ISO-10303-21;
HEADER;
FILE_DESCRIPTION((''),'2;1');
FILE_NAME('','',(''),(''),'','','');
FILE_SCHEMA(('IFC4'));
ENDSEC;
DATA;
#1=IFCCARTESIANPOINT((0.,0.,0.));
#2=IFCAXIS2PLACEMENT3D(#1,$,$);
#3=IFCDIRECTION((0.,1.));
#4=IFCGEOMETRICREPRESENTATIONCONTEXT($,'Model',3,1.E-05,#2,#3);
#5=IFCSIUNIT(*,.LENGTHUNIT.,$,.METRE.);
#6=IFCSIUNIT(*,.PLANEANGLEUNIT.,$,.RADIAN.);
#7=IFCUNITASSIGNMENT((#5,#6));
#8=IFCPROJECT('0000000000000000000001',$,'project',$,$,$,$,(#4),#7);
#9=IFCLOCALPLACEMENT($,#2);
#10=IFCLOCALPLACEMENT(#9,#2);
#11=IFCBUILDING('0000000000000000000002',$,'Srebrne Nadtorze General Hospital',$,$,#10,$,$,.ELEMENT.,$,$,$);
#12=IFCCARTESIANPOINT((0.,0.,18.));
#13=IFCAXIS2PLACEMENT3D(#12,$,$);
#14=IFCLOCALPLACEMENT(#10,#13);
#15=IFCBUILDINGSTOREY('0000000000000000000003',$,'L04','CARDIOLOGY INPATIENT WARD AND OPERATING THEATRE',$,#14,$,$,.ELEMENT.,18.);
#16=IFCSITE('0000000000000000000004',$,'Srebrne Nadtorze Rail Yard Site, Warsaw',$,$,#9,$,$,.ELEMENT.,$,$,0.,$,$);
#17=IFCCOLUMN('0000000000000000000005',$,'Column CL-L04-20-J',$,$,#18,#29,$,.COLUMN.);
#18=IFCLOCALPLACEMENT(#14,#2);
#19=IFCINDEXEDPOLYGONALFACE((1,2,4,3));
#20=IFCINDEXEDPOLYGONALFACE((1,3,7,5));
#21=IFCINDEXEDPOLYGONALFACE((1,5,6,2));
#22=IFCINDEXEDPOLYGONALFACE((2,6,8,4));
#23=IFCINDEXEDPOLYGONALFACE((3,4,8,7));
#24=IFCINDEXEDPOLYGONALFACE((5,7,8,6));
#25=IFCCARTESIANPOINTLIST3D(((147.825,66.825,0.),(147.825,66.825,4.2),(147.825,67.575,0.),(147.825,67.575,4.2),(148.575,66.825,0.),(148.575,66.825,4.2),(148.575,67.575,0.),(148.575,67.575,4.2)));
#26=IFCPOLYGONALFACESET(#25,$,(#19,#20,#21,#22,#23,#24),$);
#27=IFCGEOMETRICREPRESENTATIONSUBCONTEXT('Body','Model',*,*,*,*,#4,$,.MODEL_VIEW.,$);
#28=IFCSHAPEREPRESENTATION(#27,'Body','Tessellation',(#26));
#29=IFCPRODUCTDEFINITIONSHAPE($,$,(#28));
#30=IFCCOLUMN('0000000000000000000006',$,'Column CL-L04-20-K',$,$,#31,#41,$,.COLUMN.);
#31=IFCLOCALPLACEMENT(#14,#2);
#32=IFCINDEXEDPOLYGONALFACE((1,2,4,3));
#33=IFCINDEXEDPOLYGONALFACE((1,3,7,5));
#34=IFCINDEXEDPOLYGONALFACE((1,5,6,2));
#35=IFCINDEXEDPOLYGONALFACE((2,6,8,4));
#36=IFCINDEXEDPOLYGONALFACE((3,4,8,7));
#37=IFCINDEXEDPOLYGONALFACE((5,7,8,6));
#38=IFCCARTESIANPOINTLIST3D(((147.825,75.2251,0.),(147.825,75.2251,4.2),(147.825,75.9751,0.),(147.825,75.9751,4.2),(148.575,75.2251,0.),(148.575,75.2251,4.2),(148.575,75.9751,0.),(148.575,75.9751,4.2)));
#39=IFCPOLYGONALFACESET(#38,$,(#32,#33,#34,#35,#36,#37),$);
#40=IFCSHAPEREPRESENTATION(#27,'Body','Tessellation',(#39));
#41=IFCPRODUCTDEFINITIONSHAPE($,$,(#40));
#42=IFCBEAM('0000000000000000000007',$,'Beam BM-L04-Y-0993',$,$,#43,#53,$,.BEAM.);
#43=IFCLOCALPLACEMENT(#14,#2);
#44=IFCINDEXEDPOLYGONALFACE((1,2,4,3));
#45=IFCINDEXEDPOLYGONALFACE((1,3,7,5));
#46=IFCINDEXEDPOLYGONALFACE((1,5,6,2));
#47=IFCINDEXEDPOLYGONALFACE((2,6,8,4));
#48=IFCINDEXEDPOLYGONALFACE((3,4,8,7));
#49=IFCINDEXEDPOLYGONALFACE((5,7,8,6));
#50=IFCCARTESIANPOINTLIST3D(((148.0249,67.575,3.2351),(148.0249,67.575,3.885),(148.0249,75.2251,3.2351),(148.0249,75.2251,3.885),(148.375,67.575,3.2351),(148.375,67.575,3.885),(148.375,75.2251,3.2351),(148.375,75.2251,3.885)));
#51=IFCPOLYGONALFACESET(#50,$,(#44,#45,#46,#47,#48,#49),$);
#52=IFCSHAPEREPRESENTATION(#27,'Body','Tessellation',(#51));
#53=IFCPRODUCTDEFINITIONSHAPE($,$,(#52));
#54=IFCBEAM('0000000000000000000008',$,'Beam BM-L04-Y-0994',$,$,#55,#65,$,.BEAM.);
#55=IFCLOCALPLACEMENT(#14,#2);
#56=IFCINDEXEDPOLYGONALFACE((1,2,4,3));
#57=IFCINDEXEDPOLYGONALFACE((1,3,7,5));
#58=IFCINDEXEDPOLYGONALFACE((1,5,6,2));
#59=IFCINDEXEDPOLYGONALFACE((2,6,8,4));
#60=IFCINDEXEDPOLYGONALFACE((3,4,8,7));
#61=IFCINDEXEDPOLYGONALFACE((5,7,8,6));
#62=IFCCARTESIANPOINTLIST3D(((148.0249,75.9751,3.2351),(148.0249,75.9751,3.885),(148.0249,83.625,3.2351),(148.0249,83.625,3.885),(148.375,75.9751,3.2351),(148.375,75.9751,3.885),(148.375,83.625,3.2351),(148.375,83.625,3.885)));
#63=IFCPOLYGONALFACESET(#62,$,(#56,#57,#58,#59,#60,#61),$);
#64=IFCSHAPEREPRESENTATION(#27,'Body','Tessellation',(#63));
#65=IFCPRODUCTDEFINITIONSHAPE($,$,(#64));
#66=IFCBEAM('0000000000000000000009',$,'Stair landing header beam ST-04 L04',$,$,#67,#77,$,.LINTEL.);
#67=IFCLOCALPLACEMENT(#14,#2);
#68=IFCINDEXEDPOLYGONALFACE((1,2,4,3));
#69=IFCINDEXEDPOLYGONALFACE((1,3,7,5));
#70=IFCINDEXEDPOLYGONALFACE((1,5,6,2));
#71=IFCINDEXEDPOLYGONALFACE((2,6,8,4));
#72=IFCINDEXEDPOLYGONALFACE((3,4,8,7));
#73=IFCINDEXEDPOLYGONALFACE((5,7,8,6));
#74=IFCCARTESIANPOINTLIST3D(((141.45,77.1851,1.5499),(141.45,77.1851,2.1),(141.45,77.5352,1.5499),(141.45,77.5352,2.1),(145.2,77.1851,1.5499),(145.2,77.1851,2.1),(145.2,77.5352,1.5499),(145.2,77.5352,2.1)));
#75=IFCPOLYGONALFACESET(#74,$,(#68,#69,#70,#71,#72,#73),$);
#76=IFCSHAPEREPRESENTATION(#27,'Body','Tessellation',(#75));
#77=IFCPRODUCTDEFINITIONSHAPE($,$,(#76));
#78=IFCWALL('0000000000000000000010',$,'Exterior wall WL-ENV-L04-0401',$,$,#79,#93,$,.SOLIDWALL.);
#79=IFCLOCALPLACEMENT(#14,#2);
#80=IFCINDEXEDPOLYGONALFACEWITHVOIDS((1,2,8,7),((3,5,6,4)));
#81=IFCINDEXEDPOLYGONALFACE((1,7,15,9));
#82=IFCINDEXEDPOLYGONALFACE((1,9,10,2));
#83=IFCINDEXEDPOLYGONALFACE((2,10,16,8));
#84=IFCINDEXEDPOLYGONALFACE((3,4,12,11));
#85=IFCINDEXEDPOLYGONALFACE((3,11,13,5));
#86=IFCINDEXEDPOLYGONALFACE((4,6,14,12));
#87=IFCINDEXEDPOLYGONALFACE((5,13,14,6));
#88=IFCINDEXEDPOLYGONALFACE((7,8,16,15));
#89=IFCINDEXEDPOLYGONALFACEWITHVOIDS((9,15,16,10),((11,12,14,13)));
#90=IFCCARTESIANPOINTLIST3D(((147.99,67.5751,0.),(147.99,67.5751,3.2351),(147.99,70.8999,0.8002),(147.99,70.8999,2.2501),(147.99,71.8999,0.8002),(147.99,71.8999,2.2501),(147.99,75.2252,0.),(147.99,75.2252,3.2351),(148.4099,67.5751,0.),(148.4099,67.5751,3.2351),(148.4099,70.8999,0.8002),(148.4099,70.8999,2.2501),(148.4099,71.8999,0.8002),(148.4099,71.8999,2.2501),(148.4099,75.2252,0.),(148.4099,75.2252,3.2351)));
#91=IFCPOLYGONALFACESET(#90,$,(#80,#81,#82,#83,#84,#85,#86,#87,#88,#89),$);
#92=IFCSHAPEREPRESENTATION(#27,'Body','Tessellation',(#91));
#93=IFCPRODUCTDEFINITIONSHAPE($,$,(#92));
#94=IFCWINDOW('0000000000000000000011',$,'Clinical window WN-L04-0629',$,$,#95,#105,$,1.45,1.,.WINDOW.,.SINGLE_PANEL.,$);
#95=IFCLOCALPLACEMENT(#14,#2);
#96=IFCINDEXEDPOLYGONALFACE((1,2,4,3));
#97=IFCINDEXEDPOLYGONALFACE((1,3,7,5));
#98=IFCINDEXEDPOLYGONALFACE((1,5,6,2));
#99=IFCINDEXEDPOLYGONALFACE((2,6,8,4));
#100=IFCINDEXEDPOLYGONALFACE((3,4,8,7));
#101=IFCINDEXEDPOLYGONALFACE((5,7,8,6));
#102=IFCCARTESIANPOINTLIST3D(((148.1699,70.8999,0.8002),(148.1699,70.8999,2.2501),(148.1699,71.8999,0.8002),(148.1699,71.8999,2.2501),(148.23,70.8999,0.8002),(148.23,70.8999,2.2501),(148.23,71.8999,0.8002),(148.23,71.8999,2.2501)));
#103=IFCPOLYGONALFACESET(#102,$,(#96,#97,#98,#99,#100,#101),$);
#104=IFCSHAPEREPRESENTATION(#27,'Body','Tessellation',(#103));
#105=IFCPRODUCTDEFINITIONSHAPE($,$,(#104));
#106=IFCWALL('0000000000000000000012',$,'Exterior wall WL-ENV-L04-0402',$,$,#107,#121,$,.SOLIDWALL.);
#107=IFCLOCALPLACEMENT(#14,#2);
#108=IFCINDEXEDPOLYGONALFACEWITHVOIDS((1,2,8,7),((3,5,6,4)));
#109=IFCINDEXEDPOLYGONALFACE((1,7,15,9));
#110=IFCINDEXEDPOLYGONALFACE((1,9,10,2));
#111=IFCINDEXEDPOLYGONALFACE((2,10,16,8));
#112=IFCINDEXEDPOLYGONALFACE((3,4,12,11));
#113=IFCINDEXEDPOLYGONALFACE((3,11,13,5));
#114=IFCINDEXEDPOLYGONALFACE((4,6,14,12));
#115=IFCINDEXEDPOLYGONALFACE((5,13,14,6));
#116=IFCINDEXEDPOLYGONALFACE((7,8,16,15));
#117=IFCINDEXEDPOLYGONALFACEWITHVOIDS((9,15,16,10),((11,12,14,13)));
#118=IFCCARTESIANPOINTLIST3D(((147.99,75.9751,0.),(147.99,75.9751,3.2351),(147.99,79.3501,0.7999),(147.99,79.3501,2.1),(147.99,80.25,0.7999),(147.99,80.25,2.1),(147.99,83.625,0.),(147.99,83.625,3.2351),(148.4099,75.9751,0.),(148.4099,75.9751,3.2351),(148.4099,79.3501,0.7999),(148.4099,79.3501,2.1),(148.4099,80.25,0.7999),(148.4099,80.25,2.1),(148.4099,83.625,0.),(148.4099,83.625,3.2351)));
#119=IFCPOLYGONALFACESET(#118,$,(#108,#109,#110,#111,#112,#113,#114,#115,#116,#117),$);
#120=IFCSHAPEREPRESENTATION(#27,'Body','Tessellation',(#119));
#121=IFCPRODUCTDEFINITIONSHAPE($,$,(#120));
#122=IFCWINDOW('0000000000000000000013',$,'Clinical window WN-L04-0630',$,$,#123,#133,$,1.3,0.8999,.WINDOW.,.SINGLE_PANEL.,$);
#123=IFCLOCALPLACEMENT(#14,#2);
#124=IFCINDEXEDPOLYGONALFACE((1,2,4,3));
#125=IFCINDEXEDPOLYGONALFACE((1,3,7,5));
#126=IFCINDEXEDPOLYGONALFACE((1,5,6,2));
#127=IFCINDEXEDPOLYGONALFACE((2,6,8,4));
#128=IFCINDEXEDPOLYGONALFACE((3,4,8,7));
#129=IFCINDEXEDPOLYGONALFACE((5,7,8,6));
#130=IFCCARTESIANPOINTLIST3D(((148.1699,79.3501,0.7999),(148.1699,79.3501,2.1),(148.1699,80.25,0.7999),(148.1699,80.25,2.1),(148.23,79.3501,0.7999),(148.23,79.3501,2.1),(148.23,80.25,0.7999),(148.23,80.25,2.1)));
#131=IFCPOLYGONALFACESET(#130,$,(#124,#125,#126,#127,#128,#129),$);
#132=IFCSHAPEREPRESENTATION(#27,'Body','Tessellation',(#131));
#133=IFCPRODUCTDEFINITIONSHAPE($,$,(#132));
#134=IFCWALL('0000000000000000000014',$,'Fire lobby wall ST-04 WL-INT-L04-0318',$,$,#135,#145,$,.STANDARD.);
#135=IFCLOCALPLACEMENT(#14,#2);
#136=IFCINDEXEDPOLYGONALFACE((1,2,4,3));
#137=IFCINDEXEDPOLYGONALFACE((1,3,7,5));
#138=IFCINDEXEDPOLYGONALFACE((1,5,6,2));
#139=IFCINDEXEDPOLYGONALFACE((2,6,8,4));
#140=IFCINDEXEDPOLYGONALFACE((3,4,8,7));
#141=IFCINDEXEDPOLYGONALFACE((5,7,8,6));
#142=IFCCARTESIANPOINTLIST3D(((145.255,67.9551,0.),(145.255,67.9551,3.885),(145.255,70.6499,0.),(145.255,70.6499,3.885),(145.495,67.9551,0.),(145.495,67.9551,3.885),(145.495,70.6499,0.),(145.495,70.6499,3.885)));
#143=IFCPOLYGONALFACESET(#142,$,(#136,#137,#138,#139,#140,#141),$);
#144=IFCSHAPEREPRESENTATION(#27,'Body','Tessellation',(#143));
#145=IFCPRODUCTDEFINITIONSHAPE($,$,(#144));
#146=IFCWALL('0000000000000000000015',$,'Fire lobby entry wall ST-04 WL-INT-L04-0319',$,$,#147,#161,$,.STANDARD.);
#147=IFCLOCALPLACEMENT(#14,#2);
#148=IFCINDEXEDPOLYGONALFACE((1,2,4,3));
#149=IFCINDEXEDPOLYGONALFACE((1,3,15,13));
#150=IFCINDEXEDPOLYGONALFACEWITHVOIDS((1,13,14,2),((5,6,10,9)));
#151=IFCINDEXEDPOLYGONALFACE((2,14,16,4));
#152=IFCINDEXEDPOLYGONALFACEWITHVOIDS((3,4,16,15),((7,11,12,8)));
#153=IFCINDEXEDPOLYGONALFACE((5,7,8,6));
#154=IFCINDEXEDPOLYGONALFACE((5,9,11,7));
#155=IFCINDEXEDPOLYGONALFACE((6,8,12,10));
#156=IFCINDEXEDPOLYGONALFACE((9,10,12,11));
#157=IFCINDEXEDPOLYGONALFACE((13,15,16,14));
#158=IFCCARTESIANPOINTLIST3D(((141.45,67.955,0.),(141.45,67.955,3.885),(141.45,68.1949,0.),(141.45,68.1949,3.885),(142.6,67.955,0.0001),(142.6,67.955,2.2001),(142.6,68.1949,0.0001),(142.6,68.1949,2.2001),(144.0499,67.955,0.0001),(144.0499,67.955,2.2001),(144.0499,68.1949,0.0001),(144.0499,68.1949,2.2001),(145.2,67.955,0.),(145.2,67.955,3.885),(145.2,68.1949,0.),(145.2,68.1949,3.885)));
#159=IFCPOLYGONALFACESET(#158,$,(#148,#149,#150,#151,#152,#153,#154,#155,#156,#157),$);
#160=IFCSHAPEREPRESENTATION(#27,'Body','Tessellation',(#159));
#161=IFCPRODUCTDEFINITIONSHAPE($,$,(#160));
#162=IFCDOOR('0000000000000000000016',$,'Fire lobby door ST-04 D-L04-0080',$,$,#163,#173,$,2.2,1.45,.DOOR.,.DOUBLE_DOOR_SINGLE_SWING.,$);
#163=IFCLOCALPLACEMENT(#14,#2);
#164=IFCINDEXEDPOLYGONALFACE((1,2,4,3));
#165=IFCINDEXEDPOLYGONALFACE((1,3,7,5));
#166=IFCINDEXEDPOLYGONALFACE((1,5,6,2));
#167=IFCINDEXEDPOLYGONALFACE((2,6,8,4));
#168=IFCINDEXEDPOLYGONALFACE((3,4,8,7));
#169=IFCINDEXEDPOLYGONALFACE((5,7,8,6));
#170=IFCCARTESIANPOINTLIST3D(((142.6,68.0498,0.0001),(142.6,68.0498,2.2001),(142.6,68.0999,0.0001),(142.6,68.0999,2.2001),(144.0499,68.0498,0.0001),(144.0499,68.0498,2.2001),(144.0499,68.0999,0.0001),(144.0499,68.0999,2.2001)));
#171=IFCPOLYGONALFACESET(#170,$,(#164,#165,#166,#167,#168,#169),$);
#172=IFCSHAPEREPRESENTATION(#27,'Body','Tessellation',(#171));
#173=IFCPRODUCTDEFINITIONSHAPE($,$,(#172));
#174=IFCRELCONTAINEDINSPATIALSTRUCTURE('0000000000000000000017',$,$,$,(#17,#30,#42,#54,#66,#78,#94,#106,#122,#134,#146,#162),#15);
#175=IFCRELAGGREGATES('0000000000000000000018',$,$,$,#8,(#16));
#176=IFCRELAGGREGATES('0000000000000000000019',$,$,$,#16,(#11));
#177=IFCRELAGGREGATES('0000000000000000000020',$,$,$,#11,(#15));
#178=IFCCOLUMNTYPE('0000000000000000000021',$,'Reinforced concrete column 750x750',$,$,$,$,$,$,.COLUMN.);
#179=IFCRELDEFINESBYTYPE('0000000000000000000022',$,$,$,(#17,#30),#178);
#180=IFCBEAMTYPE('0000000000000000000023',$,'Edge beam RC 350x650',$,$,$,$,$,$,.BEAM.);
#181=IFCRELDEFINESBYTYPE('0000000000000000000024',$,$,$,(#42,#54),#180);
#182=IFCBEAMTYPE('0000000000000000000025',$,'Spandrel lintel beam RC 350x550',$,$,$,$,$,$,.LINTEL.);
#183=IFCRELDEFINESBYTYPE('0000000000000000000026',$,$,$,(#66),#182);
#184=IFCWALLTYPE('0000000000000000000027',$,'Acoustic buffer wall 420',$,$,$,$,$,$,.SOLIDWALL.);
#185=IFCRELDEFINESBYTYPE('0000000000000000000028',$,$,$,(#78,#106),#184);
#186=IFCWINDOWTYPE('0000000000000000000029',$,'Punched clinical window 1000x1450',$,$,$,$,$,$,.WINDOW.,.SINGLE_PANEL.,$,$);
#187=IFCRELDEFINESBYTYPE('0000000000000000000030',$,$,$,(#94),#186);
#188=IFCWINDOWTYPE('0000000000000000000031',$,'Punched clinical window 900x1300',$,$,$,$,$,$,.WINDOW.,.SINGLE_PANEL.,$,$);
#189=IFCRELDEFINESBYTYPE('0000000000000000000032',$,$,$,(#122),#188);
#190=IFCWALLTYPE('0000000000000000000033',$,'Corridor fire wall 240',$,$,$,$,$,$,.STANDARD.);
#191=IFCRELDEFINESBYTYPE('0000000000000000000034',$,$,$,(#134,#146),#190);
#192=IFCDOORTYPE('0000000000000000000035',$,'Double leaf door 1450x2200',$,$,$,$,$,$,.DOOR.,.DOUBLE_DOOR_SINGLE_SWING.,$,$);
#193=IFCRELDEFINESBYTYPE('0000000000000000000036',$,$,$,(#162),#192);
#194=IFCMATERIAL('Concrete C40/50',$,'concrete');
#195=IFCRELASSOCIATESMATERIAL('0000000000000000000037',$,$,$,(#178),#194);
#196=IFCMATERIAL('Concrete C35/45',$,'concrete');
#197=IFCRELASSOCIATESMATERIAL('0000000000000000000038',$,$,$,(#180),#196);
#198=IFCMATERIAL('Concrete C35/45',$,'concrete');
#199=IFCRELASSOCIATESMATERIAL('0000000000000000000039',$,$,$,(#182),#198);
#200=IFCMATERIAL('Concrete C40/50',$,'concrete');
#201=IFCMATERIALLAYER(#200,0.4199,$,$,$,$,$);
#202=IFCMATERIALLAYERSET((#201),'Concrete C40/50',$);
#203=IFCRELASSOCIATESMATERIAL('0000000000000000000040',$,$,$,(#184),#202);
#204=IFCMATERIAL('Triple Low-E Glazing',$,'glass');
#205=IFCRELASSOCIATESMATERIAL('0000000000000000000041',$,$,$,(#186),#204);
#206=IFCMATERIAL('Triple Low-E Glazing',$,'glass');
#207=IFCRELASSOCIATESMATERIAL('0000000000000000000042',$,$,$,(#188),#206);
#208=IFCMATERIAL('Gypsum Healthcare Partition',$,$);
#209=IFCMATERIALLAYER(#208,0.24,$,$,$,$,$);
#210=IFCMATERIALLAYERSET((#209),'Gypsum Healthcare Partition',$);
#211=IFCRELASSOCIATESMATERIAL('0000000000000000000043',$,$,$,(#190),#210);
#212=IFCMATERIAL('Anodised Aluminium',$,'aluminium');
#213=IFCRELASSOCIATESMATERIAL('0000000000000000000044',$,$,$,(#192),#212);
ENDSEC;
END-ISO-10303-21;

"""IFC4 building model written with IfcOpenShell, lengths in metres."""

from ifc_helpers import new_model, si_unit, direction, frame, frame_2d, origin, origin_2d, place, context, subcontext, project, spatial, rectangle, extrude, material, layer, layer_set, material_profile, profile_set, type_object, element, fill, save


model = new_model("IFC4")

# Units and contexts
model_context = context("Model", 3, precision=1e-05, world=origin(), true_north=direction((0.0, 1.0)))
body_context = subcontext(model_context, "Body", "Model", "MODEL_VIEW")
ifc_project = project(units=[si_unit("LENGTHUNIT", "METRE"), si_unit("PLANEANGLEUNIT", "RADIAN")], contexts=[model_context])

# Site, building, storey
site_placement = place(None, origin())
site = spatial("IfcSite", under=ifc_project, at=site_placement, Name="Srebrne Nadtorze Rail Yard Site, Warsaw", CompositionType="ELEMENT", RefElevation=0.0)
building_placement = place(site_placement, origin())
building = spatial("IfcBuilding", under=site, at=building_placement, Name="Srebrne Nadtorze General Hospital", CompositionType="ELEMENT")
storey_placement = place(building_placement, frame((0.0, 0.0, 18.0)))
storey = spatial("IfcBuildingStorey", under=building, at=storey_placement, Name="L04", Description="CARDIOLOGY INPATIENT WARD AND OPERATING THEATRE", CompositionType="ELEMENT", Elevation=18.0)

# Columns
ifc_material_1 = material(Name="Concrete C40/50", Category="concrete")
ifc_material_profile_1 = material_profile(ifc_material_1, rectangle(XDim=0.75, YDim=0.75, at=origin_2d()), Name="RC-COL-750x750")
ifc_profile_set_1 = profile_set([ifc_material_profile_1], Name="Concrete C40/50")
column_type = type_object("IfcColumnType", Name="Reinforced concrete column 750x750", PredefinedType="COLUMN", material=ifc_profile_set_1)
for number, where, z_axis, x_axis, name in (
    (1, (148.2, 67.2, 0.0), (0.0, 0.0, 1.0), (1.0, 0.0, 0.0), "Column CL-L04-20-J"),
    (2, (148.2, 75.6001, 0.0), (0.0, 0.0, 1.0), (1.0, 0.0, 0.0), "Column CL-L04-20-K"),
):
    element("IfcColumn", number, at=place(storey_placement, frame(where, z_axis=z_axis, x_axis=x_axis)), inside=storey, type_object=column_type, Name=name, PredefinedType="COLUMN", context=body_context, shape_type="SweptSolid", body=[
        extrude(rectangle(XDim=0.75, YDim=0.75, at=origin_2d()), origin(), (0.0, 0.0, 1.0), 4.2),
    ])

# Beams
ifc_material_2 = material(Name="Concrete C35/45", Category="concrete")
ifc_material_profile_2 = material_profile(ifc_material_2, rectangle(XDim=0.3501, YDim=0.6499, at=origin_2d()), Name="RC-BM-350x650")
ifc_profile_set_2 = profile_set([ifc_material_profile_2], Name="Concrete C35/45")
beam_type_1 = type_object("IfcBeamType", Name="Edge beam RC 350x650", PredefinedType="BEAM", material=ifc_profile_set_2)
beam_1_placement = place(storey_placement, frame((148.2, 67.575, 3.5601), z_axis=(0.0, 1.0, 0.0), x_axis=(-1.0, 0.0, 0.0)))
element("IfcBeam", 3, at=beam_1_placement, inside=storey, type_object=beam_type_1, Name="Beam BM-L04-Y-0993", PredefinedType="BEAM", context=body_context, shape_type="SweptSolid", body=[
    extrude(rectangle(XDim=0.3501, YDim=0.6499, at=origin_2d()), origin(), (0.0, 0.0, 1.0), 7.6501),
])
beam_2_placement = place(storey_placement, frame((148.2, 75.9751, 3.5601), z_axis=(0.0, 1.0, 0.0), x_axis=(-1.0, 0.0, 0.0)))
element("IfcBeam", 4, at=beam_2_placement, inside=storey, type_object=beam_type_1, Name="Beam BM-L04-Y-0994", PredefinedType="BEAM", context=body_context, shape_type="SweptSolid", body=[
    extrude(rectangle(XDim=0.3501, YDim=0.6499, at=origin_2d()), origin(), (0.0, 0.0, 1.0), 7.6499),
])
ifc_material_3 = material(Name="Concrete C35/45", Category="concrete")
ifc_material_profile_3 = material_profile(ifc_material_3, rectangle(XDim=0.3501, YDim=0.55, at=origin_2d()), Name="RC-BM-350x550")
ifc_profile_set_3 = profile_set([ifc_material_profile_3], Name="Concrete C35/45")
beam_type_2 = type_object("IfcBeamType", Name="Spandrel lintel beam RC 350x550", PredefinedType="LINTEL", material=ifc_profile_set_3)
beam_3_placement = place(storey_placement, frame((141.45, 77.3601, 1.825), z_axis=(1.0, 0.0, 0.0), x_axis=(0.0, 1.0, 0.0)))
element("IfcBeam", 5, at=beam_3_placement, inside=storey, type_object=beam_type_2, Name="Stair landing header beam ST-04 L04", PredefinedType="LINTEL", context=body_context, shape_type="SweptSolid", body=[
    extrude(rectangle(XDim=0.3501, YDim=0.55, at=origin_2d()), origin(), (0.0, 0.0, 1.0), 3.75),
])

# Walls, openings, windows
ifc_material_4 = material(Name="Concrete C40/50", Category="concrete")
ifc_layer_1 = layer(ifc_material_4, 0.4199)
ifc_layer_set_1 = layer_set([ifc_layer_1], Name="Concrete C40/50")
wall_type_1 = type_object("IfcWallType", Name="Acoustic buffer wall 420", PredefinedType="SOLIDWALL", material=ifc_layer_set_1)
wall_1_placement = place(storey_placement, frame((148.2, 67.575, 0.0), z_axis=(0.0, 0.0, 1.0), x_axis=(0.0, 1.0, 0.0)))
wall_1 = element("IfcWall", 6, at=wall_1_placement, inside=storey, type_object=wall_type_1, Name="Exterior wall WL-ENV-L04-0401", PredefinedType="SOLIDWALL", context=body_context, shape_type="SweptSolid", body=[
    extrude(rectangle(XDim=7.6501, YDim=0.4199, at=frame_2d((3.8252, 0.0))), origin(), (0.0, 0.0, 1.0), 3.2351),
])
opening_1_placement = place(wall_1_placement, frame((3.325, 0.0, 0.8)))
opening_1 = element("IfcOpeningElement", 7, at=opening_1_placement, cuts=wall_1, PredefinedType="OPENING", context=body_context, shape_type="SweptSolid", body=[
    extrude(rectangle(XDim=1.0, YDim=1.45, at=frame_2d((0.5, 0.7251))), frame((0.0, 0.2219, 0.0), z_axis=(0.0, -1.0, 0.0), x_axis=(1.0, 0.0, 0.0)), (0.0, 0.0, 1.0), 0.4438),
])
ifc_material_5 = material(Name="Triple Low-E Glazing", Category="glass")
window_type_1 = type_object("IfcWindowType", Name="Punched clinical window 1000x1450", PartitioningType="SINGLE_PANEL", PredefinedType="WINDOW", material=ifc_material_5)
window_1_placement = place(opening_1_placement, origin())
window_1 = element("IfcWindow", 8, at=window_1_placement, inside=storey, type_object=window_type_1, Name="Clinical window WN-L04-0629", OverallHeight=1.45, OverallWidth=1.0, PartitioningType="SINGLE_PANEL", PredefinedType="WINDOW", context=body_context, shape_type="SweptSolid", body=[
    extrude(rectangle(XDim=1.0, YDim=1.45, at=frame_2d((0.5, 0.7251))), frame((0.0, 0.03, 0.0), z_axis=(0.0, -1.0, 0.0), x_axis=(1.0, 0.0, 0.0)), (0.0, 0.0, 1.0), 0.0601),
])
fill(opening_1, window_1)
wall_2_placement = place(storey_placement, frame((148.2, 75.9751, 0.0), z_axis=(0.0, 0.0, 1.0), x_axis=(0.0, 1.0, 0.0)))
wall_2 = element("IfcWall", 9, at=wall_2_placement, inside=storey, type_object=wall_type_1, Name="Exterior wall WL-ENV-L04-0402", PredefinedType="SOLIDWALL", context=body_context, shape_type="SweptSolid", body=[
    extrude(rectangle(XDim=7.6499, YDim=0.4199, at=frame_2d((3.825, 0.0))), origin(), (0.0, 0.0, 1.0), 3.2351),
])
opening_2_placement = place(wall_2_placement, frame((3.375, 0.0, 0.8)))
opening_2 = element("IfcOpeningElement", 10, at=opening_2_placement, cuts=wall_2, PredefinedType="OPENING", context=body_context, shape_type="SweptSolid", body=[
    extrude(rectangle(XDim=0.8999, YDim=1.3, at=frame_2d((0.45, 0.6499))), frame((0.0, 0.2219, 0.0), z_axis=(0.0, -1.0, 0.0), x_axis=(1.0, 0.0, 0.0)), (0.0, 0.0, 1.0), 0.4438),
])
ifc_material_6 = material(Name="Triple Low-E Glazing", Category="glass")
window_type_2 = type_object("IfcWindowType", Name="Punched clinical window 900x1300", PartitioningType="SINGLE_PANEL", PredefinedType="WINDOW", material=ifc_material_6)
window_2_placement = place(opening_2_placement, origin())
window_2 = element("IfcWindow", 11, at=window_2_placement, inside=storey, type_object=window_type_2, Name="Clinical window WN-L04-0630", OverallHeight=1.3, OverallWidth=0.8999, PartitioningType="SINGLE_PANEL", PredefinedType="WINDOW", context=body_context, shape_type="SweptSolid", body=[
    extrude(rectangle(XDim=0.8999, YDim=1.3, at=frame_2d((0.45, 0.6499))), frame((0.0, 0.03, 0.0), z_axis=(0.0, -1.0, 0.0), x_axis=(1.0, 0.0, 0.0)), (0.0, 0.0, 1.0), 0.0601),
])
fill(opening_2, window_2)

# Wall
ifc_material_7 = material(Name="Gypsum Healthcare Partition")
ifc_layer_2 = layer(ifc_material_7, 0.24)
ifc_layer_set_2 = layer_set([ifc_layer_2], Name="Gypsum Healthcare Partition")
wall_type_2 = type_object("IfcWallType", Name="Corridor fire wall 240", PredefinedType="STANDARD", material=ifc_layer_set_2)
wall_3_placement = place(storey_placement, frame((145.375, 67.9551, 0.0), z_axis=(0.0, 0.0, 1.0), x_axis=(0.0, 1.0, 0.0)))
element("IfcWall", 12, at=wall_3_placement, inside=storey, type_object=wall_type_2, Name="Fire lobby wall ST-04 WL-INT-L04-0318", PredefinedType="STANDARD", context=body_context, shape_type="SweptSolid", body=[
    extrude(rectangle(XDim=2.6948, YDim=0.24, at=frame_2d((1.3474, 0.0))), origin(), (0.0, 0.0, 1.0), 3.885),
])

# Wall, opening, door
wall_4_placement = place(storey_placement, frame((141.45, 68.075, 0.0), z_axis=(0.0, 0.0, 1.0), x_axis=(1.0, 0.0, 0.0)))
wall_4 = element("IfcWall", 13, at=wall_4_placement, inside=storey, type_object=wall_type_2, Name="Fire lobby entry wall ST-04 WL-INT-L04-0319", PredefinedType="STANDARD", context=body_context, shape_type="SweptSolid", body=[
    extrude(rectangle(XDim=3.75, YDim=0.24, at=frame_2d((1.875, 0.0))), origin(), (0.0, 0.0, 1.0), 3.885),
])
opening_3_placement = place(wall_4_placement, frame((1.1499, 0.0, 0.0)))
opening_3 = element("IfcOpeningElement", 14, at=opening_3_placement, cuts=wall_4, PredefinedType="OPENING", context=body_context, shape_type="SweptSolid", body=[
    extrude(rectangle(XDim=1.45, YDim=2.2, at=frame_2d((0.7251, 1.1001))), frame((0.0, 0.1318, 0.0), z_axis=(0.0, -1.0, 0.0), x_axis=(1.0, 0.0, 0.0)), (0.0, 0.0, 1.0), 0.2639),
])
ifc_material_8 = material(Name="Anodised Aluminium", Category="aluminium")
door_type_1 = type_object("IfcDoorType", Name="Double leaf door 1450x2200", OperationType="DOUBLE_DOOR_SINGLE_SWING", PredefinedType="DOOR", material=ifc_material_8)
door_1_placement = place(opening_3_placement, origin())
door_1 = element("IfcDoor", 15, at=door_1_placement, inside=storey, type_object=door_type_1, Name="Fire lobby door ST-04 D-L04-0080", OperationType="DOUBLE_DOOR_SINGLE_SWING", OverallHeight=2.2, OverallWidth=1.45, PredefinedType="DOOR", context=body_context, shape_type="SweptSolid", body=[
    extrude(rectangle(XDim=1.45, YDim=2.2, at=frame_2d((0.7251, 1.1001))), frame((0.0, 0.0249, 0.0), z_axis=(0.0, -1.0, 0.0), x_axis=(1.0, 0.0, 0.0)), (0.0, 0.0, 1.0), 0.05),
])
fill(opening_3, door_1)

save(model, "model.ifc")
